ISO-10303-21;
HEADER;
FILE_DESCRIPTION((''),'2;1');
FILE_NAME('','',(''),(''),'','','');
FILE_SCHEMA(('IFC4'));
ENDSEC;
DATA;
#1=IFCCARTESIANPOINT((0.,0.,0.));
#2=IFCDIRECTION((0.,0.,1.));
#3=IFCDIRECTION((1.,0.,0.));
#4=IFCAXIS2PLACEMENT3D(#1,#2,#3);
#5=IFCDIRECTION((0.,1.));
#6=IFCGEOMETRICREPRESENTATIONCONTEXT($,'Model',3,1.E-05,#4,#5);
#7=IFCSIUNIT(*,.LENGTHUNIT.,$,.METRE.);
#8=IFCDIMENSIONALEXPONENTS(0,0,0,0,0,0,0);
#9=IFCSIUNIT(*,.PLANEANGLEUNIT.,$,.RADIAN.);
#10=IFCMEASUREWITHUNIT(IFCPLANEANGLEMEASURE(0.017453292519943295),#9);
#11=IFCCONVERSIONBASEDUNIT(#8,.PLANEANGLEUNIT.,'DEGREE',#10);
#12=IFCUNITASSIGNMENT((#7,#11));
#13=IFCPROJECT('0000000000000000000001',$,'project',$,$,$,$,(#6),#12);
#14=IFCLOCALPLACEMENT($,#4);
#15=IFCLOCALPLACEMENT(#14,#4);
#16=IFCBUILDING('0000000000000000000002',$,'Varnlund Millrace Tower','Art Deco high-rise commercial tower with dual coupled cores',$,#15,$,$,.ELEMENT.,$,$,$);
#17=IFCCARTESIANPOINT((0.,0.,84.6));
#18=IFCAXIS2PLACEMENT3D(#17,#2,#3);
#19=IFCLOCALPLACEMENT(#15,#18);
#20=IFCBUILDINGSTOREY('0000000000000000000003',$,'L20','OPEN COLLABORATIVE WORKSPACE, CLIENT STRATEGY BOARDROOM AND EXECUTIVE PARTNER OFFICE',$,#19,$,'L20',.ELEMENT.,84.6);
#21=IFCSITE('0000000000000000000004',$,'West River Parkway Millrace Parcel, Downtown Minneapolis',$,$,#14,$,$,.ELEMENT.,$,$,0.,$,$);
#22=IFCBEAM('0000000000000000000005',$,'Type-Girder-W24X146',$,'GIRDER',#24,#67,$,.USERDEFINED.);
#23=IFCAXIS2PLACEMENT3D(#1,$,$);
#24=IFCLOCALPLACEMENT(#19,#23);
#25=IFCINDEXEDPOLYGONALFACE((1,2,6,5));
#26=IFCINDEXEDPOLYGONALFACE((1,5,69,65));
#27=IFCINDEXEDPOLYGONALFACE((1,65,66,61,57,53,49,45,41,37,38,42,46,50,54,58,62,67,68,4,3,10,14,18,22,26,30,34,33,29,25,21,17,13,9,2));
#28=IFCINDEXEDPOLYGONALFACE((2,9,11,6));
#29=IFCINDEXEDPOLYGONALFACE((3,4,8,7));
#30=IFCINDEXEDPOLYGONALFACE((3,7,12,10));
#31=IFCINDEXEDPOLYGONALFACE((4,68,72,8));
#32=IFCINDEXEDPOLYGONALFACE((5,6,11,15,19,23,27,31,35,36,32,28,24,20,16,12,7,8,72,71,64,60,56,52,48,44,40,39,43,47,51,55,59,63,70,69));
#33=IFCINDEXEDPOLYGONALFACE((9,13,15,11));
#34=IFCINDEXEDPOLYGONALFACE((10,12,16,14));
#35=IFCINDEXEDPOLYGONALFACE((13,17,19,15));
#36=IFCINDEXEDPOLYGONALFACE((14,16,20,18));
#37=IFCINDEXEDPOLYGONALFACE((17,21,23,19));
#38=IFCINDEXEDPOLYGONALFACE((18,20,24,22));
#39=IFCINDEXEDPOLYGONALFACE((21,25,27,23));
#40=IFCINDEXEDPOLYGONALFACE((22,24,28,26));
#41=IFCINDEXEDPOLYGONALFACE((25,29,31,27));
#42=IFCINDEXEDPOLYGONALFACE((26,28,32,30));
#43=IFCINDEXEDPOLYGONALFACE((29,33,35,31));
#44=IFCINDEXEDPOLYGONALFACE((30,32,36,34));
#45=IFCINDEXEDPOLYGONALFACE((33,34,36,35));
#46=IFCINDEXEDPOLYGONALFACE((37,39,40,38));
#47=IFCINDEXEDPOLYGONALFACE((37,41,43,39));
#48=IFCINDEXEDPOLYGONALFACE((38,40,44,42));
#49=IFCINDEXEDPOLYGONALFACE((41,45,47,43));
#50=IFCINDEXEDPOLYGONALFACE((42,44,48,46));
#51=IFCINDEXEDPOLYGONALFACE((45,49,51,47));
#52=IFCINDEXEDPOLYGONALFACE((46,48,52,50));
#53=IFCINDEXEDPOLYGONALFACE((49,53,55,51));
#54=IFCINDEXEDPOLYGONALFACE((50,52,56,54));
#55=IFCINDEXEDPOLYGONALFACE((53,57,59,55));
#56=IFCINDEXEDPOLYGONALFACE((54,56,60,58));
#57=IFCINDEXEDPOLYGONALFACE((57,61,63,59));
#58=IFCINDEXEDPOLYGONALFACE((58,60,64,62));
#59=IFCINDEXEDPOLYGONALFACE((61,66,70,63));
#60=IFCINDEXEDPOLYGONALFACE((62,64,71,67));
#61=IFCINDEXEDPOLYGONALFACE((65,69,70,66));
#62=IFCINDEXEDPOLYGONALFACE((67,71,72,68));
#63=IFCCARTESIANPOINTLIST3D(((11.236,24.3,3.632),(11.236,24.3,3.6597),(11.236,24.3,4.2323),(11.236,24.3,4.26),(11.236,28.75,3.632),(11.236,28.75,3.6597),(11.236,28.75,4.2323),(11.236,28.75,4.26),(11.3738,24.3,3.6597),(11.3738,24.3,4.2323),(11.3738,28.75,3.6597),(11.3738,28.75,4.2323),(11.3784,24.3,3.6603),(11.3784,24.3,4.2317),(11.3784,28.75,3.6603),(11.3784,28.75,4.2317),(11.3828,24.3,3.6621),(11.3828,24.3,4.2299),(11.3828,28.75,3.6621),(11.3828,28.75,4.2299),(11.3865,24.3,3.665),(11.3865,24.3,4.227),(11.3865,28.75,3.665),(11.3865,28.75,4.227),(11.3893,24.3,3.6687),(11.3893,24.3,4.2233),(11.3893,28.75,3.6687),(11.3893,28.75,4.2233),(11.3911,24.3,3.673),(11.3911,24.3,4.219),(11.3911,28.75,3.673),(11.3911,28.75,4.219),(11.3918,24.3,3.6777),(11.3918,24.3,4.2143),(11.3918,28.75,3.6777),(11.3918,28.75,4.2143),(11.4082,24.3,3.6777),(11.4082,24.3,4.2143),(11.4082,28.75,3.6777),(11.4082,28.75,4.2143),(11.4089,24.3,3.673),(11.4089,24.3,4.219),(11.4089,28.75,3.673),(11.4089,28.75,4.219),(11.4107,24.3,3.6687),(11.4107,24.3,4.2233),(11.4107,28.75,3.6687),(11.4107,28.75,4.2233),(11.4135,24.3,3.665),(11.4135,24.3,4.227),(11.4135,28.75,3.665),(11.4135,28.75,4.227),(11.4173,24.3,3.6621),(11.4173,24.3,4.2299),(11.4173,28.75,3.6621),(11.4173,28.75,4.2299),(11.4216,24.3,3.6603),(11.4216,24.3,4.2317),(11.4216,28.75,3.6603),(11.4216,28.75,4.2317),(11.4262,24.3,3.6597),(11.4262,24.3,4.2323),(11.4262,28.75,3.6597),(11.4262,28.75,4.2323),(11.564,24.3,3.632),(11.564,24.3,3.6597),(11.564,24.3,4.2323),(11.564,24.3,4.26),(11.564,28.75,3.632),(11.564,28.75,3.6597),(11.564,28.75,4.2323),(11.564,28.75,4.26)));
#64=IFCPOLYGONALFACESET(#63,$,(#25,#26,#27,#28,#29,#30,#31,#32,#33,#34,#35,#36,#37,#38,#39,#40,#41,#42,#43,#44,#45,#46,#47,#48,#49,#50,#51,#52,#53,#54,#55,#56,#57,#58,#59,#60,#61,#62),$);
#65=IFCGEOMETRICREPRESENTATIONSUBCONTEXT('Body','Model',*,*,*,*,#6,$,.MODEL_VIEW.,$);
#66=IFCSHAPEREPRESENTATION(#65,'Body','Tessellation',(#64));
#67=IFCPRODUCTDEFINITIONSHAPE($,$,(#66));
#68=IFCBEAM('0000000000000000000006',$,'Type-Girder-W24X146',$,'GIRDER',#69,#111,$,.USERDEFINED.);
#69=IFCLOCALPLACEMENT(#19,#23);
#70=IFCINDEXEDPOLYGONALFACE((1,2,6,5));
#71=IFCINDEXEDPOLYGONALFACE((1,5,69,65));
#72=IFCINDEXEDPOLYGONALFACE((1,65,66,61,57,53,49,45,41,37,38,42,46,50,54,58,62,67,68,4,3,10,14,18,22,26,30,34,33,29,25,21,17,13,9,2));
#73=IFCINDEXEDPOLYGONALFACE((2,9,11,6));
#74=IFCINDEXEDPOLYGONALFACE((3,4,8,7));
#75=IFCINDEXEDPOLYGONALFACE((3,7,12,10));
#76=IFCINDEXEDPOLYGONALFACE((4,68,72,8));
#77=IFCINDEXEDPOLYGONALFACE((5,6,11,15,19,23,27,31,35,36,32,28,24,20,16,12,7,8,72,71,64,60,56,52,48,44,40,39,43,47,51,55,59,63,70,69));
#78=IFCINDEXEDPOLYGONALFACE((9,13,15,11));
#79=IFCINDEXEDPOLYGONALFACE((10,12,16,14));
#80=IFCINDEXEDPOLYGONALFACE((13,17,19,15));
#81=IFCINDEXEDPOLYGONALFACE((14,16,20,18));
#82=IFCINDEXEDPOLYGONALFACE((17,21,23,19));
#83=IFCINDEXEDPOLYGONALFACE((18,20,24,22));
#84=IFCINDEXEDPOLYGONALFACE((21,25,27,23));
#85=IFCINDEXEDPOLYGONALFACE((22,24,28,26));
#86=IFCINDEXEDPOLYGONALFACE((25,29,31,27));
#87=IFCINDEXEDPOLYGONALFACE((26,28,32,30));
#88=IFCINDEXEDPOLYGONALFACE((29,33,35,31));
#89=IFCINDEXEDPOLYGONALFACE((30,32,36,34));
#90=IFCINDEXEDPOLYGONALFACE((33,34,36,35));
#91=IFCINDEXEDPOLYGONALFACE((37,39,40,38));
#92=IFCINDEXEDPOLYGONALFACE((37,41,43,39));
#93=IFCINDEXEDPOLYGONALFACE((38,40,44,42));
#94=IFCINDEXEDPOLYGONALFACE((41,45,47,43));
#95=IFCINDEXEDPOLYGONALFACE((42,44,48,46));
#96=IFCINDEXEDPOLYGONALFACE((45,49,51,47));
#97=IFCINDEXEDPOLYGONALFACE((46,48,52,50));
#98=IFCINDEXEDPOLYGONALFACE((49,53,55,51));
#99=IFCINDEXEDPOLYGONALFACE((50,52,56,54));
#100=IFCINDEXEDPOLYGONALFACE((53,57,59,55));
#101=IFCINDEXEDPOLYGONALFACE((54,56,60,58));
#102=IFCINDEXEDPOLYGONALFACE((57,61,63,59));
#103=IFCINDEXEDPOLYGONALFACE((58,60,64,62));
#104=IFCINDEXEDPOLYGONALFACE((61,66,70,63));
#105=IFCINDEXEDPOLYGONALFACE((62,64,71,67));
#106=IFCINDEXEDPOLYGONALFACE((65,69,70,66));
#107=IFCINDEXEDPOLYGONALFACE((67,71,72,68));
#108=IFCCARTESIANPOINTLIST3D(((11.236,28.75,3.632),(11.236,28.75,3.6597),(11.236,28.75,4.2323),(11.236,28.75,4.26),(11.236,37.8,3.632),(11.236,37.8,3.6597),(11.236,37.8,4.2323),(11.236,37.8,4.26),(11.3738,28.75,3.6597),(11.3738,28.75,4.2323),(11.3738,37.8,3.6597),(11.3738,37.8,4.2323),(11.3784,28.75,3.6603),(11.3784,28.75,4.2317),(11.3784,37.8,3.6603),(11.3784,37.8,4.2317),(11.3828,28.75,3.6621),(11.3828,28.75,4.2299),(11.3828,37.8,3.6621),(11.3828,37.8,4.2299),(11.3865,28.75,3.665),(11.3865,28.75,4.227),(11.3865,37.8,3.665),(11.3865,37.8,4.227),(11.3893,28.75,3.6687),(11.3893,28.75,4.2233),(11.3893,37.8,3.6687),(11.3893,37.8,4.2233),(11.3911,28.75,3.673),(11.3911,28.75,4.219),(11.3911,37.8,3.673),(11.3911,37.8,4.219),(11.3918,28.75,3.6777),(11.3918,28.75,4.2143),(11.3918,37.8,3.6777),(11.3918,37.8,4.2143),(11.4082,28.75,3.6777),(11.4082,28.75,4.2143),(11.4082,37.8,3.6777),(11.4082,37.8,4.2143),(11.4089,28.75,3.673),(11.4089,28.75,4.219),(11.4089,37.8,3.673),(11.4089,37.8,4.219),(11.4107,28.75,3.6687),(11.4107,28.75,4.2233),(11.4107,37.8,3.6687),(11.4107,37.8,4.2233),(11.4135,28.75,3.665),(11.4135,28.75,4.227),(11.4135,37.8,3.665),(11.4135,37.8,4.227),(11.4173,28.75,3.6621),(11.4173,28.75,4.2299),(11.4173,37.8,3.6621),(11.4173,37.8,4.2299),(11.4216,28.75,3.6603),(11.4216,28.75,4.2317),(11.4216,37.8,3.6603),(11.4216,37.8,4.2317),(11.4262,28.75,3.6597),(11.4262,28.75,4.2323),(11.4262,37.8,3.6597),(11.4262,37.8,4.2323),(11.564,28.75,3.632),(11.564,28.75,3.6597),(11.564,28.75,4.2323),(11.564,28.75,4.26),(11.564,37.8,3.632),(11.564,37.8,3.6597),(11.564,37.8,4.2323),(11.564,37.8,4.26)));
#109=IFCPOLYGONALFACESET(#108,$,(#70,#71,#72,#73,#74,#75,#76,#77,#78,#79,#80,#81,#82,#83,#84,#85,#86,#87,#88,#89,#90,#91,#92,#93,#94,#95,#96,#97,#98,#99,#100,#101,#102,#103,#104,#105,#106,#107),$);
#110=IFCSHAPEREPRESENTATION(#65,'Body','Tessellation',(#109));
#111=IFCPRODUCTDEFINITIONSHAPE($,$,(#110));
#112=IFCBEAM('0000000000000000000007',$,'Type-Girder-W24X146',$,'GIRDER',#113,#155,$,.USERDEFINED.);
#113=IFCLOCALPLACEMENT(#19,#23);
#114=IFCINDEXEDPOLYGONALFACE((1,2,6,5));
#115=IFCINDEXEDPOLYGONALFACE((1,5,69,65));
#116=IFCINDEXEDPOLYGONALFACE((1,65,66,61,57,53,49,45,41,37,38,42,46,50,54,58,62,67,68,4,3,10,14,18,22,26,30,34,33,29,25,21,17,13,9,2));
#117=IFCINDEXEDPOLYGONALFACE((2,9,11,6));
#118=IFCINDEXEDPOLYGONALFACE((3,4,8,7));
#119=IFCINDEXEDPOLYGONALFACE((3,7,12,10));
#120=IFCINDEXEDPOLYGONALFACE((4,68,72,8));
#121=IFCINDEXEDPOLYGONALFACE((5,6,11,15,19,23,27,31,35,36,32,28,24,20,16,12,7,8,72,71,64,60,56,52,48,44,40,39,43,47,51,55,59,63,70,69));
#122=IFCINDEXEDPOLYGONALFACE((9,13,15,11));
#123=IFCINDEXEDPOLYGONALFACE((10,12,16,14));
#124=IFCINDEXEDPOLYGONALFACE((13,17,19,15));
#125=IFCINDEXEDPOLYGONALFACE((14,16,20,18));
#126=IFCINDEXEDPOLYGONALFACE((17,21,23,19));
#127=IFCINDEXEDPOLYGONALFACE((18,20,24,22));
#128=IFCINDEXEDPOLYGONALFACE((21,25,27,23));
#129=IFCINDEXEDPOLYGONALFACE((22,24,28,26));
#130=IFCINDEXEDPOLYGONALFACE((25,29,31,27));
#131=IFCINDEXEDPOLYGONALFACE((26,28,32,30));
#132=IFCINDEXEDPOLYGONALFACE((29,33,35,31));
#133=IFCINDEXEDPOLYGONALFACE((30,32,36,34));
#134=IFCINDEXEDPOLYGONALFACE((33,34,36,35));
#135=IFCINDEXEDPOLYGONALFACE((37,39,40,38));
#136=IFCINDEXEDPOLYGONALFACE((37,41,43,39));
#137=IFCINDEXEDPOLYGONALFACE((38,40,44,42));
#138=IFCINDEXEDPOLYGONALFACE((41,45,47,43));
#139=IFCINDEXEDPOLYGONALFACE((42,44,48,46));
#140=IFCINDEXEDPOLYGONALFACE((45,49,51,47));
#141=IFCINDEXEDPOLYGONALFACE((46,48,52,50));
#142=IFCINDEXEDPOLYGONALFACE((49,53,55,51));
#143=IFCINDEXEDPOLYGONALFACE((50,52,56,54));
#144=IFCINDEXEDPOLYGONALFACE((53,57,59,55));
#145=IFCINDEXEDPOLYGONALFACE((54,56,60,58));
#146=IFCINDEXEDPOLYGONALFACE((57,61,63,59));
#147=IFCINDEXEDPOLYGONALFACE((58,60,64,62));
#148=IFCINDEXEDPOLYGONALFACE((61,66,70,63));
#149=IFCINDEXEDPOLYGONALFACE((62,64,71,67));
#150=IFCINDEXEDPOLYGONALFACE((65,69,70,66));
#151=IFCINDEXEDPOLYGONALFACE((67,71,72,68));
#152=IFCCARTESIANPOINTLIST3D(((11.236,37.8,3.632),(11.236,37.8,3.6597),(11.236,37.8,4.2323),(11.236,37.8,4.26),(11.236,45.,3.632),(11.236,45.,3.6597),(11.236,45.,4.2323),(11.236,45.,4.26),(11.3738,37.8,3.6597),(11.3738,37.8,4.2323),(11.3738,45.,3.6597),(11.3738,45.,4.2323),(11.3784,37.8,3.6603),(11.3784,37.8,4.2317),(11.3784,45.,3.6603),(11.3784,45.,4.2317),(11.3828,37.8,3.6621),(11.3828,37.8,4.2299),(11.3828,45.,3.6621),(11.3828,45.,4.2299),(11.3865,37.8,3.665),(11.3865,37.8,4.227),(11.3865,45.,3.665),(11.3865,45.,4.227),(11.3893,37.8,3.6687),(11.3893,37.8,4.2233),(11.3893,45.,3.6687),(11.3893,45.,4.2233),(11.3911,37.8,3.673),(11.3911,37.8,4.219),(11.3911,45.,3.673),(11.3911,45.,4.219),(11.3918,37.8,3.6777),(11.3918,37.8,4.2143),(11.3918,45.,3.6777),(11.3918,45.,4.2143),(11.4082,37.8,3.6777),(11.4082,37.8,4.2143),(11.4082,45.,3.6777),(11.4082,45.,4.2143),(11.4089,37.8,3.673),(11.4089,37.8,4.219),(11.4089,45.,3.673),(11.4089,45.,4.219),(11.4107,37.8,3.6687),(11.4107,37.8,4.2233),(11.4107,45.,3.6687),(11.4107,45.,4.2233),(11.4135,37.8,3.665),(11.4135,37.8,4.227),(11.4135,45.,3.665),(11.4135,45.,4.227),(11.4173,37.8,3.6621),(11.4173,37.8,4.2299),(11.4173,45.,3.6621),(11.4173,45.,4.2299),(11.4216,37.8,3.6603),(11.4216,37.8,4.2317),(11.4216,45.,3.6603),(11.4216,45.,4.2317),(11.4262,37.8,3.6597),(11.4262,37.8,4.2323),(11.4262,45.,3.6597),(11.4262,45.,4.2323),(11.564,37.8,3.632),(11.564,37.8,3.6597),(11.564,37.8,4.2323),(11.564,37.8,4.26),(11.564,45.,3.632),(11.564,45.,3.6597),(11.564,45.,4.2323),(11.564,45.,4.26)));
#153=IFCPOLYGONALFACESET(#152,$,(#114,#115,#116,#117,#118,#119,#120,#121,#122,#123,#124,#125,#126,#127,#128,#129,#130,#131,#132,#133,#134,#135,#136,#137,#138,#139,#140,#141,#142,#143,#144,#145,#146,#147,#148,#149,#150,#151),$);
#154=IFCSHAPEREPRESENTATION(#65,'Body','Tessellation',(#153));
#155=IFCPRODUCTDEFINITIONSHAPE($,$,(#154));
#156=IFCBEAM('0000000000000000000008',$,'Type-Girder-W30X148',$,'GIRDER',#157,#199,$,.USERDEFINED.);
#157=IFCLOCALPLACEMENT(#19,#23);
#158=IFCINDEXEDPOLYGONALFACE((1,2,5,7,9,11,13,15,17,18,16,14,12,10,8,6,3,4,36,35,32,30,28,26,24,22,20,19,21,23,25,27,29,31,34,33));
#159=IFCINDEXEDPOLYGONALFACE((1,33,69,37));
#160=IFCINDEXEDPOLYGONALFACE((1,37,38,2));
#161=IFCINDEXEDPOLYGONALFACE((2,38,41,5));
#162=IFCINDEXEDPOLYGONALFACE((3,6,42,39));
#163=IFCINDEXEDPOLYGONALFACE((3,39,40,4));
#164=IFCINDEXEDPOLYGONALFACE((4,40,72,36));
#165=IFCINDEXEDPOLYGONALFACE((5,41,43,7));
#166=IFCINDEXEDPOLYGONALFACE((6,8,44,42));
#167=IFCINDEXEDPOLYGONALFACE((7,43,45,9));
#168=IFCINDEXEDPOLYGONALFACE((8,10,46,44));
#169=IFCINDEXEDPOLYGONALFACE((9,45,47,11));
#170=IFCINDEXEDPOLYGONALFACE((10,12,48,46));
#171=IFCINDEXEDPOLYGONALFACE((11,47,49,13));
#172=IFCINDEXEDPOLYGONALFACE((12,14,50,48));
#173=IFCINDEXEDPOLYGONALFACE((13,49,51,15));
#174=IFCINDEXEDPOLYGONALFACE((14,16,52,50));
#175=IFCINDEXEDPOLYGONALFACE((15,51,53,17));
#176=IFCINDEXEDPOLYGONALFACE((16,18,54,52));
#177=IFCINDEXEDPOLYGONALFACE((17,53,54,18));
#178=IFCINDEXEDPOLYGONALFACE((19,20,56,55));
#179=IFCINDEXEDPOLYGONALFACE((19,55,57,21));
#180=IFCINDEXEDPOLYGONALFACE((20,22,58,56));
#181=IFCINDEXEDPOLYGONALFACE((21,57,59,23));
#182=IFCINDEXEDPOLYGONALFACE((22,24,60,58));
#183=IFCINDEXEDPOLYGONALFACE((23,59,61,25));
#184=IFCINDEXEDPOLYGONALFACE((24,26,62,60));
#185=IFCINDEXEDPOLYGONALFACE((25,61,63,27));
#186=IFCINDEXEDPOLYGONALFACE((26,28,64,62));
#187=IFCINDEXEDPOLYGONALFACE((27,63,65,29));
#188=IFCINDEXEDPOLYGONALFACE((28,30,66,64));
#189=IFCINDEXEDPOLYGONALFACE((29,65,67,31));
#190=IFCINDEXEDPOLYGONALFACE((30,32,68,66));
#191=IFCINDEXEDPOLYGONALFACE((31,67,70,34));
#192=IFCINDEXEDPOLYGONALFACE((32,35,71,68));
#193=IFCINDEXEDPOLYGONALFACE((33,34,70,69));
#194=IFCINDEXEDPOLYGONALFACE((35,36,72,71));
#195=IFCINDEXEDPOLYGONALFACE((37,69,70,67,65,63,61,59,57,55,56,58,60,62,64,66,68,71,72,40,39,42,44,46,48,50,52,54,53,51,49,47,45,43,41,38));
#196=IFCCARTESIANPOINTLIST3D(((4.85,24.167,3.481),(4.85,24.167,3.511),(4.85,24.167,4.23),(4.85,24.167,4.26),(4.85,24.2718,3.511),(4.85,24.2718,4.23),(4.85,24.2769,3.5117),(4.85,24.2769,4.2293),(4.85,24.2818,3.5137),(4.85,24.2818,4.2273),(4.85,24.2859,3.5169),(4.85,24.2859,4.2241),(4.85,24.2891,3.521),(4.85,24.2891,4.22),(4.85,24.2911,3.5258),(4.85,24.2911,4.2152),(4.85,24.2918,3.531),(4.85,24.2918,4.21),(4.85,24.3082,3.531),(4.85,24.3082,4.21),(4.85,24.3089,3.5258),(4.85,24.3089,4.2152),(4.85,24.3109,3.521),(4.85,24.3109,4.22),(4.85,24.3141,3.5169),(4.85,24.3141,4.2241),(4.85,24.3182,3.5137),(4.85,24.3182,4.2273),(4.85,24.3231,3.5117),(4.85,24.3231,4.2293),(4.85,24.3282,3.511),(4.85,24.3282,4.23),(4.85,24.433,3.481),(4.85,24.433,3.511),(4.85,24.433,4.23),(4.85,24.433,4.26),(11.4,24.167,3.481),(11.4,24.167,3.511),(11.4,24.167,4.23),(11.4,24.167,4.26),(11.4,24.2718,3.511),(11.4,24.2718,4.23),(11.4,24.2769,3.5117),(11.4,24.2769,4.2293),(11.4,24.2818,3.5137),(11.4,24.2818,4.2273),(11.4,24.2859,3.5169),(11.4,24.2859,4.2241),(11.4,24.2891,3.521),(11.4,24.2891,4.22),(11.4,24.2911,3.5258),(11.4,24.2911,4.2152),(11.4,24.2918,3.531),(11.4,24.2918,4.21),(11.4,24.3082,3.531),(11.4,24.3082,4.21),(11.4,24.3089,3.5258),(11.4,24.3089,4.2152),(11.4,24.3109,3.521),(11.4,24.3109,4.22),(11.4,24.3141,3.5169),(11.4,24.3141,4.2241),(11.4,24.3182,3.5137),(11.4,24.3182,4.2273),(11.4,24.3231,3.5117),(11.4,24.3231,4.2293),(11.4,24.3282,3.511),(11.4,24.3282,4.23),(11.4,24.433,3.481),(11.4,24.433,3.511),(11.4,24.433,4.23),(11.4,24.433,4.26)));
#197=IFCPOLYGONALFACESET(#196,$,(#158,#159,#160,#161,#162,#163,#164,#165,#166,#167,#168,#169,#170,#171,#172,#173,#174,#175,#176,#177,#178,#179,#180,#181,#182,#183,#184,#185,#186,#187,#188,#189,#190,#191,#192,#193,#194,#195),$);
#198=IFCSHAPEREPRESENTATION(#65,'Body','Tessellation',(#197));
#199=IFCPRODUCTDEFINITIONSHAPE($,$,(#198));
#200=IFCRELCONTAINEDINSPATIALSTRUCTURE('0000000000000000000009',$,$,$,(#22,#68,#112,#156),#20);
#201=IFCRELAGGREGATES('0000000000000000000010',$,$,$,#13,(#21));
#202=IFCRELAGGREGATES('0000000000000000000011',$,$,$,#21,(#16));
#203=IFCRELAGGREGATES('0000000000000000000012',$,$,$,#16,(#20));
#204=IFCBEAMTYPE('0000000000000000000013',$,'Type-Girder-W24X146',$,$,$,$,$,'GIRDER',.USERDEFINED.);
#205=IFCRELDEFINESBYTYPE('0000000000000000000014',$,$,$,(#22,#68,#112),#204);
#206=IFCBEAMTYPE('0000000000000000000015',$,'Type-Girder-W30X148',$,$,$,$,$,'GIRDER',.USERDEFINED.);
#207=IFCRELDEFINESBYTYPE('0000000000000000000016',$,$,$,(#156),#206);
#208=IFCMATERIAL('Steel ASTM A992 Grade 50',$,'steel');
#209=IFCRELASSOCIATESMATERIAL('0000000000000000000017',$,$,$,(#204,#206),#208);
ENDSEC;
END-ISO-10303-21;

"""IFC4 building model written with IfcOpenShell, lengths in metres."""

from ifc_helpers import new_model, entity, si_unit, converted_unit, direction, frame, origin_with_axes, origin_2d_with_axis, place, context, subcontext, project, spatial, i_section, extrude, material, material_profile, profile_set, type_object, element, save


model = new_model("IFC4")

# Units and contexts
model_context = context("Model", 3, precision=1e-05, world=origin_with_axes(), true_north=direction((0.0, 1.0)))
body_context = subcontext(model_context, "Body", "Model", "MODEL_VIEW")
ifc_project = project(units=[si_unit("LENGTHUNIT", "METRE"), converted_unit("PLANEANGLEUNIT", "DEGREE", entity("IfcPlaneAngleMeasure", 0.017453292519943295), si_unit("PLANEANGLEUNIT", "RADIAN"), dimensions=[0, 0, 0, 0, 0, 0, 0])], contexts=[model_context])

# Site, building, storey
site_placement = place(None, origin_with_axes())
site = spatial("IfcSite", under=ifc_project, at=site_placement, Name="West River Parkway Millrace Parcel, Downtown Minneapolis", CompositionType="ELEMENT", RefElevation=0.0)
building_placement = place(site_placement, origin_with_axes())
building = spatial("IfcBuilding", under=site, at=building_placement, Name="Varnlund Millrace Tower", Description="Art Deco high-rise commercial tower with dual coupled cores", CompositionType="ELEMENT")
storey_placement = place(building_placement, frame((0.0, 0.0, 84.6), z_axis=(0.0, 0.0, 1.0), x_axis=(1.0, 0.0, 0.0)))
storey = spatial("IfcBuildingStorey", under=building, at=storey_placement, Name="L20", Description="OPEN COLLABORATIVE WORKSPACE, CLIENT STRATEGY BOARDROOM AND EXECUTIVE PARTNER OFFICE", LongName="L20", CompositionType="ELEMENT", Elevation=84.6)

# Beams
ifc_material_1 = material(Name="Steel ASTM A992 Grade 50", Category="steel")
ifc_material_profile_1 = material_profile(ifc_material_1, i_section(OverallWidth=0.328, OverallDepth=0.628, WebThickness=0.0165, FlangeThickness=0.0277, FilletRadius=0.018, at=origin_2d_with_axis()), Name="Steel ASTM A992 Grade 50")
ifc_profile_set_1 = profile_set([ifc_material_profile_1], Name="Steel ASTM A992 Grade 50")
beam_type_1 = type_object("IfcBeamType", Name="Type-Girder-W24X146", ElementType="GIRDER", PredefinedType="USERDEFINED", material=ifc_profile_set_1)
beam_1_placement = place(storey_placement, frame((11.4, 24.3, 3.946), z_axis=(0.0, 1.0, 0.0), x_axis=(-1.0, 0.0, 0.0)))
element("IfcBeam", 1, at=beam_1_placement, inside=storey, type_object=beam_type_1, Name="Type-Girder-W24X146", ObjectType="GIRDER", PredefinedType="USERDEFINED", context=body_context, shape_type="SweptSolid", body=[
    extrude(i_section(OverallWidth=0.328, OverallDepth=0.628, WebThickness=0.0165, FlangeThickness=0.0277, FilletRadius=0.018, at=origin_2d_with_axis()), origin_with_axes(), (0.0, 0.0, 1.0), 4.45),
])
beam_2_placement = place(storey_placement, frame((11.4, 28.75, 3.946), z_axis=(0.0, 1.0, 0.0), x_axis=(-1.0, 0.0, 0.0)))
element("IfcBeam", 2, at=beam_2_placement, inside=storey, type_object=beam_type_1, Name="Type-Girder-W24X146", ObjectType="GIRDER", PredefinedType="USERDEFINED", context=body_context, shape_type="SweptSolid", body=[
    extrude(i_section(OverallWidth=0.328, OverallDepth=0.628, WebThickness=0.0165, FlangeThickness=0.0277, FilletRadius=0.018, at=origin_2d_with_axis()), origin_with_axes(), (0.0, 0.0, 1.0), 9.05),
])
beam_3_placement = place(storey_placement, frame((11.4, 37.8, 3.946), z_axis=(0.0, 1.0, 0.0), x_axis=(-1.0, 0.0, 0.0)))
element("IfcBeam", 3, at=beam_3_placement, inside=storey, type_object=beam_type_1, Name="Type-Girder-W24X146", ObjectType="GIRDER", PredefinedType="USERDEFINED", context=body_context, shape_type="SweptSolid", body=[
    extrude(i_section(OverallWidth=0.328, OverallDepth=0.628, WebThickness=0.0165, FlangeThickness=0.0277, FilletRadius=0.018, at=origin_2d_with_axis()), origin_with_axes(), (0.0, 0.0, 1.0), 7.2),
])
ifc_material_profile_2 = material_profile(ifc_material_1, i_section(OverallWidth=0.266, OverallDepth=0.779, WebThickness=0.0165, FlangeThickness=0.03, FilletRadius=0.02, at=origin_2d_with_axis()), Name="Steel ASTM A992 Grade 50")
ifc_profile_set_2 = profile_set([ifc_material_profile_2], Name="Steel ASTM A992 Grade 50")
beam_type_2 = type_object("IfcBeamType", Name="Type-Girder-W30X148", ElementType="GIRDER", PredefinedType="USERDEFINED", material=ifc_profile_set_2)
beam_4_placement = place(storey_placement, frame((4.85, 24.3, 3.8705), z_axis=(1.0, 0.0, 0.0), x_axis=(0.0, 1.0, 0.0)))
element("IfcBeam", 4, at=beam_4_placement, inside=storey, type_object=beam_type_2, Name="Type-Girder-W30X148", ObjectType="GIRDER", PredefinedType="USERDEFINED", context=body_context, shape_type="SweptSolid", body=[
    extrude(i_section(OverallWidth=0.266, OverallDepth=0.779, WebThickness=0.0165, FlangeThickness=0.03, FilletRadius=0.02, at=origin_2d_with_axis()), origin_with_axes(), (0.0, 0.0, 1.0), 6.55),
])

save(model, "model.ifc")
